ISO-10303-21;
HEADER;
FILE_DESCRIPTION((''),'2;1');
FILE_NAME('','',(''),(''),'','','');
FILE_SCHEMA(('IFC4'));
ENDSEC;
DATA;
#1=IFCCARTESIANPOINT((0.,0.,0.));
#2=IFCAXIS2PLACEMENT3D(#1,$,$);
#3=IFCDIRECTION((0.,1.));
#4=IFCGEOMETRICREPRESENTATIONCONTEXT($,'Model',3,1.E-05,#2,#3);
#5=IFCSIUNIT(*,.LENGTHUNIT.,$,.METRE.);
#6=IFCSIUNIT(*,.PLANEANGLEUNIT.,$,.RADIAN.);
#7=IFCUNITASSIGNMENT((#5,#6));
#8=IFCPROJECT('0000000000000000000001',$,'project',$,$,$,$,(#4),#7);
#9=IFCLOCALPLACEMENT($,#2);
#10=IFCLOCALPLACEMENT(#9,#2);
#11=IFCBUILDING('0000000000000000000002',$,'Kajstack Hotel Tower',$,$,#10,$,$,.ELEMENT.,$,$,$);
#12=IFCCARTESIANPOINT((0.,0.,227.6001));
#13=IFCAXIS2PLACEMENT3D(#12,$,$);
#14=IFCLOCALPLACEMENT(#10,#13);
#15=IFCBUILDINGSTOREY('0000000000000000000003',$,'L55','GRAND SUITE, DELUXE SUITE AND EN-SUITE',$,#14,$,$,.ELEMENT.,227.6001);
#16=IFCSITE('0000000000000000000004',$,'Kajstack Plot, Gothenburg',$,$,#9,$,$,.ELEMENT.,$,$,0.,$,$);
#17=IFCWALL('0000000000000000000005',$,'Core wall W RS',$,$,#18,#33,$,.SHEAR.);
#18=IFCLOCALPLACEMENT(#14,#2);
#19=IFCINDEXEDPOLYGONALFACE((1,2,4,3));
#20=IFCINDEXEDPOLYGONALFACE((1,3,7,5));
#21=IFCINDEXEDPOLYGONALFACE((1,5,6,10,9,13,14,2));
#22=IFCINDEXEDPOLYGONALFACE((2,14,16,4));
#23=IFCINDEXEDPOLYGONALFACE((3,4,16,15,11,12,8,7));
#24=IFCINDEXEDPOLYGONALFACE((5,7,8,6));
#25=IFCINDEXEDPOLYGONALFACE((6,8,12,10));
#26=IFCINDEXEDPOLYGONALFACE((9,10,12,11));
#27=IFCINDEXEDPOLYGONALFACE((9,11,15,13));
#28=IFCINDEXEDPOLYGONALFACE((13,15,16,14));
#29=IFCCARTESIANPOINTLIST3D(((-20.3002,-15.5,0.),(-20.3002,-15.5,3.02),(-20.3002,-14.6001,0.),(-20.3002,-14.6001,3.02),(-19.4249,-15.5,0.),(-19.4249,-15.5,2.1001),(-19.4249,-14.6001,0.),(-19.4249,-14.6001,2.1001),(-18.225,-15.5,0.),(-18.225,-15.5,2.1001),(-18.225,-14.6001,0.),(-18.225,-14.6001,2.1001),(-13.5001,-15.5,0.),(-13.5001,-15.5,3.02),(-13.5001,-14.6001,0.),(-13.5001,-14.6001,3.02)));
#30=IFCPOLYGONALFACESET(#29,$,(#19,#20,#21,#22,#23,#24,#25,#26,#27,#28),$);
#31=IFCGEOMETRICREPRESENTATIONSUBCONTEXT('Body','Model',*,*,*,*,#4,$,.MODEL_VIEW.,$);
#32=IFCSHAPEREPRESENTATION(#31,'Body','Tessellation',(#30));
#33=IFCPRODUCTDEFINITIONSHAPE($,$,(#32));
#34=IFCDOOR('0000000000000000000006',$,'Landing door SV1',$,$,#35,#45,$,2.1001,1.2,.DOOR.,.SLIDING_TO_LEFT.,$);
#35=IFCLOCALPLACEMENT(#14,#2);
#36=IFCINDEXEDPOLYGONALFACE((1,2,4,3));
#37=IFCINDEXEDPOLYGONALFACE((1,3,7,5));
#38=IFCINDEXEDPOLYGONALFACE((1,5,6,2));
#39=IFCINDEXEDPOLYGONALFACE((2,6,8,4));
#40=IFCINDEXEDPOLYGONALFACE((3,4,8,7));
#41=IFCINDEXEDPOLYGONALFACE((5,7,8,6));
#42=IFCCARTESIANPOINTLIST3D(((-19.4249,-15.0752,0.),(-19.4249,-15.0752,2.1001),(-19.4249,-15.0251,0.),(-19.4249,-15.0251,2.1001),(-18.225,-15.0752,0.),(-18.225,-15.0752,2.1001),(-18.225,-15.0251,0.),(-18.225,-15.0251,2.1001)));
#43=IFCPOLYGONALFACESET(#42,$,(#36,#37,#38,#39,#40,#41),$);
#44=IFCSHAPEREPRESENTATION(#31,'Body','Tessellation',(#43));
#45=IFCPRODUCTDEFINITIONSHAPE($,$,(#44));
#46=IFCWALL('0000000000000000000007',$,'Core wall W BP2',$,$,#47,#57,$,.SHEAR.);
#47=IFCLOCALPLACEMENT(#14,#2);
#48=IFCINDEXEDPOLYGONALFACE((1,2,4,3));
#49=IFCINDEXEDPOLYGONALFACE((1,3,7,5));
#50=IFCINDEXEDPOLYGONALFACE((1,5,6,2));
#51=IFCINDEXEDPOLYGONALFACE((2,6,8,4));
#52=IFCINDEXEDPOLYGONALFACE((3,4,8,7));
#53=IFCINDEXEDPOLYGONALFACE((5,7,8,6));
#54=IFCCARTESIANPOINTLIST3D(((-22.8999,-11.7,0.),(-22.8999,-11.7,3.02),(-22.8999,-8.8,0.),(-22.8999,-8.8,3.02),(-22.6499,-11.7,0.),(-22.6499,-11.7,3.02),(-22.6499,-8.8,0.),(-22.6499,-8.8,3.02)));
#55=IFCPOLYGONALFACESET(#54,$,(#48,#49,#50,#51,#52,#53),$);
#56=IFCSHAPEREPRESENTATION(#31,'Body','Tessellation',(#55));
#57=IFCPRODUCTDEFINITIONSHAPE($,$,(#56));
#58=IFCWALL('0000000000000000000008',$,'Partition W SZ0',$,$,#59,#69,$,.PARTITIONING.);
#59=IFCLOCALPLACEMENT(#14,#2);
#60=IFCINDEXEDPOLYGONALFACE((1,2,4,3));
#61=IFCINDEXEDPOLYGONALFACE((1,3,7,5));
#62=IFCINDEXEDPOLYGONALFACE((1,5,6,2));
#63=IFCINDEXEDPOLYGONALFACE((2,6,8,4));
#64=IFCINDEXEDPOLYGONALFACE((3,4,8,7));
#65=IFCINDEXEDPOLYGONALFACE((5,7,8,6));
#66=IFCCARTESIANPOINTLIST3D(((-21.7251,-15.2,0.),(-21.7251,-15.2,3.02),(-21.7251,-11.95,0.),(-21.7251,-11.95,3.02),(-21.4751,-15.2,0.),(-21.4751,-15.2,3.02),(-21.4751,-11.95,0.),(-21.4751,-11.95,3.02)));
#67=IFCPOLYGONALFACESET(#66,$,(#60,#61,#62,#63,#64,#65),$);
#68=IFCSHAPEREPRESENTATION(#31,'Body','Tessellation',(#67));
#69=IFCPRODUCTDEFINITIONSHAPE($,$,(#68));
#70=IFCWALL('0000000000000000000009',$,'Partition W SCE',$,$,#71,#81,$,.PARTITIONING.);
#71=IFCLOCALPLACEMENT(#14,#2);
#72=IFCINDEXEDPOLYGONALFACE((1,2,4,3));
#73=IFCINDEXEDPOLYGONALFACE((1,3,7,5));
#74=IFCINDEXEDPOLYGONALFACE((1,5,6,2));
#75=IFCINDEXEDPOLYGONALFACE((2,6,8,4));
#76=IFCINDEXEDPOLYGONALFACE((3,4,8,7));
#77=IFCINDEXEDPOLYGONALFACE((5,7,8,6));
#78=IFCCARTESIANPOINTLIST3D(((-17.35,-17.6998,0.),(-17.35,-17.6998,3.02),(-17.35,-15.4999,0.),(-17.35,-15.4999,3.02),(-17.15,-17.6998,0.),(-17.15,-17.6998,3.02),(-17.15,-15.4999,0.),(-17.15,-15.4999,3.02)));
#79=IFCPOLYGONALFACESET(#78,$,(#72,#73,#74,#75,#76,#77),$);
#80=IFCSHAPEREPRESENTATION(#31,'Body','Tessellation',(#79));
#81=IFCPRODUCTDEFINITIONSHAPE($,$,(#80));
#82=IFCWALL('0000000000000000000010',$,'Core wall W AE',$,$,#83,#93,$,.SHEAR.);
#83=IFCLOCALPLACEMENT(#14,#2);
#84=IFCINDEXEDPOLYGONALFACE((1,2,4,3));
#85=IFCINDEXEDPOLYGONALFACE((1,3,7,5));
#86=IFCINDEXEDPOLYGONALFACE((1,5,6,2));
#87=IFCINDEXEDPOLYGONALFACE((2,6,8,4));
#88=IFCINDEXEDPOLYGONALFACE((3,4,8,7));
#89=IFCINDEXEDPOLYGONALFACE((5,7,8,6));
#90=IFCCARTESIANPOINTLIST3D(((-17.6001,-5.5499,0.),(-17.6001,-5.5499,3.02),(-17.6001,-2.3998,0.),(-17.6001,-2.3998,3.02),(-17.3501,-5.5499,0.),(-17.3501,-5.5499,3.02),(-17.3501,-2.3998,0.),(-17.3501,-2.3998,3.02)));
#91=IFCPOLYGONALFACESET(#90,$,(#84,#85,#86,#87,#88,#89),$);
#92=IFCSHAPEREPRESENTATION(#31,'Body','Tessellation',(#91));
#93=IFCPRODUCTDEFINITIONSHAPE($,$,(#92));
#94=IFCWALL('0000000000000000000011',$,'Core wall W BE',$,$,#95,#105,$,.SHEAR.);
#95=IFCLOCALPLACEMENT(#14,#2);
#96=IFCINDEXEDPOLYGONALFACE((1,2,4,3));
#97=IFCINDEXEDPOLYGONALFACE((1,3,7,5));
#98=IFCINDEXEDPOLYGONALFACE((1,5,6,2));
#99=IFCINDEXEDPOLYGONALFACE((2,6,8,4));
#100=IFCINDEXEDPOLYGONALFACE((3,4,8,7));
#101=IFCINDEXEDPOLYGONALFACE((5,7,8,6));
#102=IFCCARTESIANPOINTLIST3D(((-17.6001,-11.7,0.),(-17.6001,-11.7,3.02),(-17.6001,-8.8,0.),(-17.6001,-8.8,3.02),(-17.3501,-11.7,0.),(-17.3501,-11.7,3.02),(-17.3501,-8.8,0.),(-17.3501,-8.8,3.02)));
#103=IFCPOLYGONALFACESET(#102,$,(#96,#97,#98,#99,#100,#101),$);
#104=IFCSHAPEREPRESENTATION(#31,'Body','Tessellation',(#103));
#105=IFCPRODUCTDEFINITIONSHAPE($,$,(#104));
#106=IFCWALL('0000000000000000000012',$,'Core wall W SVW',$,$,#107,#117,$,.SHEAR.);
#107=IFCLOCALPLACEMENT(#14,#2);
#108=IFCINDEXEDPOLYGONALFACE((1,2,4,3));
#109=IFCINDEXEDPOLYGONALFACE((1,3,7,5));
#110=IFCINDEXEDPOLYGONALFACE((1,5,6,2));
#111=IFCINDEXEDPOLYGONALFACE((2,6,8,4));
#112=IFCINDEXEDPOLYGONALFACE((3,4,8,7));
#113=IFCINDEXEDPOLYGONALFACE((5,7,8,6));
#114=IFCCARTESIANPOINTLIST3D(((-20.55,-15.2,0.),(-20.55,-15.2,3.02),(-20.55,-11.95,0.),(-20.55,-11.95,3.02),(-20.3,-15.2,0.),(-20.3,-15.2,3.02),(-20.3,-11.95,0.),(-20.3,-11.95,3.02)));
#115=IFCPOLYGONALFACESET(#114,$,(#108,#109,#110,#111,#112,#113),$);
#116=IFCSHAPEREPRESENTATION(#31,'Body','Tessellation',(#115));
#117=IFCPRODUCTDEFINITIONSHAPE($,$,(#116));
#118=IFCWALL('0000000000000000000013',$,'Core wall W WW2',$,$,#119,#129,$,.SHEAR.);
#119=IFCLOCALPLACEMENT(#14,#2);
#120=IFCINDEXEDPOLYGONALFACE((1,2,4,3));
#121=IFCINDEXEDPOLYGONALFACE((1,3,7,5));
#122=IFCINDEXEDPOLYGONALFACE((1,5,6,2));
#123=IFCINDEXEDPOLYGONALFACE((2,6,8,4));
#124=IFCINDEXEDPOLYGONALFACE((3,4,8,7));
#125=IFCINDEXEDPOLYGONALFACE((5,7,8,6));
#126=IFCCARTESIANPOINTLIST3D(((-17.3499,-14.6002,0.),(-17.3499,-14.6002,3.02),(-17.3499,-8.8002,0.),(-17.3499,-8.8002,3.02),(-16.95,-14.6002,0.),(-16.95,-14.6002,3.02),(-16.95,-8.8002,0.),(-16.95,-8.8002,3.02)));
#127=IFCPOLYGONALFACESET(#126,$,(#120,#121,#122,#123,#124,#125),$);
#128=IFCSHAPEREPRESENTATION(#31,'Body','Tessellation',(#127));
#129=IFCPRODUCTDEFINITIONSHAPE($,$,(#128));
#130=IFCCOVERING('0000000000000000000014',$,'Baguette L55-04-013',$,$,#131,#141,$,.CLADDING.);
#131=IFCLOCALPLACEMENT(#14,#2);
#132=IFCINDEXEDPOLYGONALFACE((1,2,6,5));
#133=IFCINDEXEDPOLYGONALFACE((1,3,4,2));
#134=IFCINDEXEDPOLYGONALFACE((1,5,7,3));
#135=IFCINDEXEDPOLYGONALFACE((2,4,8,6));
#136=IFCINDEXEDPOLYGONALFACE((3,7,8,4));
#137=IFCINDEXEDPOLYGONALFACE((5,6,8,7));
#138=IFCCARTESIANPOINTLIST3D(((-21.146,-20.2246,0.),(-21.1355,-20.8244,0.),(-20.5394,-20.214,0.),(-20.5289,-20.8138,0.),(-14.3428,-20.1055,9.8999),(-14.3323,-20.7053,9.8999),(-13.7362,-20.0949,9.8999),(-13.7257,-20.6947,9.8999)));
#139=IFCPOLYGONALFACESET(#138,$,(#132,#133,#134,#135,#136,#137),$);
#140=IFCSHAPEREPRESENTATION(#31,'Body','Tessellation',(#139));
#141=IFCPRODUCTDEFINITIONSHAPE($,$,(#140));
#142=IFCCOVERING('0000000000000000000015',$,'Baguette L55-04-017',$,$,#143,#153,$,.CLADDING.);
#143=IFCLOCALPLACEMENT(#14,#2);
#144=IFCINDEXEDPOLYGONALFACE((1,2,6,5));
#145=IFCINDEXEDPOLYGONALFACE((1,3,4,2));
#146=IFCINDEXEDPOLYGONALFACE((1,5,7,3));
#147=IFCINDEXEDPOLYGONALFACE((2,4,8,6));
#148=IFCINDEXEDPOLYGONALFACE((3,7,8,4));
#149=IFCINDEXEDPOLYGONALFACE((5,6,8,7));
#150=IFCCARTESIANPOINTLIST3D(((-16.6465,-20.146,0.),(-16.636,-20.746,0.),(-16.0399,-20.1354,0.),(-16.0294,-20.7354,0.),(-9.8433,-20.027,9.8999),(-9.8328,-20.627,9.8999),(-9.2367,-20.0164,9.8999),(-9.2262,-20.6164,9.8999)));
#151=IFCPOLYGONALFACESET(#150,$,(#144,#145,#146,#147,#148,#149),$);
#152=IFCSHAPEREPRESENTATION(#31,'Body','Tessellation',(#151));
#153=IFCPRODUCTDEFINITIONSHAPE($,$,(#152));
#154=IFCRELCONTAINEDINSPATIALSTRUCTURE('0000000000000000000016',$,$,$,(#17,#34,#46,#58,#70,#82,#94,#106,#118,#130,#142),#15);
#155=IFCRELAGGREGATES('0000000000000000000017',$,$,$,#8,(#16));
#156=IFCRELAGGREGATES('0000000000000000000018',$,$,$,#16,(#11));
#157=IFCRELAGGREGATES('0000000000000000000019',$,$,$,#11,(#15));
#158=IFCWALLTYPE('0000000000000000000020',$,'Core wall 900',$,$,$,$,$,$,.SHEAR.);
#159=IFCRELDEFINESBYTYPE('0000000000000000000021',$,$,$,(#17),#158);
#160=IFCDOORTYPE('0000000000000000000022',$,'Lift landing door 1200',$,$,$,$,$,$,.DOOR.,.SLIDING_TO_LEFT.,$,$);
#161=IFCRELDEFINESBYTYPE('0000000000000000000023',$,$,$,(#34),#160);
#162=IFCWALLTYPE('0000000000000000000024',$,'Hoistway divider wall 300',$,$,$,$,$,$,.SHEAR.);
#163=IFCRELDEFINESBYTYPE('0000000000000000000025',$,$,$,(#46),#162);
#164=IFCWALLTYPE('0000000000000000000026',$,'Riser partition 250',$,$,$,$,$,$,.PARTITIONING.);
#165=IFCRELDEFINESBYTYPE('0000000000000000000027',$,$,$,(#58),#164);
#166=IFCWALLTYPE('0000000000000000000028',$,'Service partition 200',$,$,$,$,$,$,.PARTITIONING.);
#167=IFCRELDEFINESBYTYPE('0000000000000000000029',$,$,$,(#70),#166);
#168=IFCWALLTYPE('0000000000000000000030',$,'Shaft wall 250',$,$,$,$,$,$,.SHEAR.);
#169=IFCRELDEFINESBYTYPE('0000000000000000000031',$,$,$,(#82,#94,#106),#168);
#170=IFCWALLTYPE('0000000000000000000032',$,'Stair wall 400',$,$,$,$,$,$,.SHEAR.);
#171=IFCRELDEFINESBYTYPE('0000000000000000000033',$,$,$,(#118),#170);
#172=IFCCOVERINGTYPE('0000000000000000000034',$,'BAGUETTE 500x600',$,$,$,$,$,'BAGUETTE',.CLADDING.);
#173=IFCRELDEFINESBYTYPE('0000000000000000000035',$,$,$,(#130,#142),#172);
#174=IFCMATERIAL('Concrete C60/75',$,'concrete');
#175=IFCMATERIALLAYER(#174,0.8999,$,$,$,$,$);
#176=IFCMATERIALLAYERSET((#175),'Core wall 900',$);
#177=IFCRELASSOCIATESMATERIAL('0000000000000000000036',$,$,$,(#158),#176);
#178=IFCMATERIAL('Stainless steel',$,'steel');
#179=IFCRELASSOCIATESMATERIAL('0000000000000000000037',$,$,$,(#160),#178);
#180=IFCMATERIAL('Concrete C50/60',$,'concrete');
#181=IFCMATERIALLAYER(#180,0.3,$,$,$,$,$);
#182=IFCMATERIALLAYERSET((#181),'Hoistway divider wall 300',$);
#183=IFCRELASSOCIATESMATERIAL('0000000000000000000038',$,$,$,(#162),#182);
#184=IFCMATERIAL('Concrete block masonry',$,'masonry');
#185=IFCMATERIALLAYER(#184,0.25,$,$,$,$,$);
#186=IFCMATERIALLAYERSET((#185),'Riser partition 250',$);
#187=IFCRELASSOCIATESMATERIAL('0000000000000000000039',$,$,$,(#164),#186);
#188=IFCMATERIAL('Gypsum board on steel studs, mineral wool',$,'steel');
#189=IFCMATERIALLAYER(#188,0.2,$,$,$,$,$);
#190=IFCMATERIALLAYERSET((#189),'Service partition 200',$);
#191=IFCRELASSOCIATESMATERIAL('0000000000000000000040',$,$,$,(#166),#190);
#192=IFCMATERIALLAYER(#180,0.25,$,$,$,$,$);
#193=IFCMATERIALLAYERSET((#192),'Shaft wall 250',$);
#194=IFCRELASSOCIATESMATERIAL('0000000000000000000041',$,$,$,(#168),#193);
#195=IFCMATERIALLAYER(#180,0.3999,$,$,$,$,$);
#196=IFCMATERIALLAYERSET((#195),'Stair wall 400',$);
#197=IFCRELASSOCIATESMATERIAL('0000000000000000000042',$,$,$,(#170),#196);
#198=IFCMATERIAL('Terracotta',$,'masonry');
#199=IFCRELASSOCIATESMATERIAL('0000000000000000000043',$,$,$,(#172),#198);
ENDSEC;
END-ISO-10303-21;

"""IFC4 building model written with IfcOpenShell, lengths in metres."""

from ifc_helpers import new_model, si_unit, direction, frame, frame_2d, origin, origin_2d, place, context, subcontext, project, spatial, polyline, rectangle, outline, extrude, material, layer, layer_set, material_profile, profile_set, type_object, element, fill, save


model = new_model("IFC4")

# Units and contexts
model_context = context("Model", 3, precision=1e-05, world=origin(), true_north=direction((0.0, 1.0)))
body_context = subcontext(model_context, "Body", "Model", "MODEL_VIEW")
ifc_project = project(units=[si_unit("LENGTHUNIT", "METRE"), si_unit("PLANEANGLEUNIT", "RADIAN")], contexts=[model_context])

# Site, building, storey
site_placement = place(None, origin())
site = spatial("IfcSite", under=ifc_project, at=site_placement, Name="Kajstack Plot, Gothenburg", CompositionType="ELEMENT", RefElevation=0.0)
building_placement = place(site_placement, origin())
building = spatial("IfcBuilding", under=site, at=building_placement, Name="Kajstack Hotel Tower", CompositionType="ELEMENT")
storey_placement = place(building_placement, frame((0.0, 0.0, 227.6001)))
storey = spatial("IfcBuildingStorey", under=building, at=storey_placement, Name="L55", Description="GRAND SUITE, DELUXE SUITE AND EN-SUITE", CompositionType="ELEMENT", Elevation=227.6001)

# Wall, opening, door
ifc_material_1 = material(Name="Concrete C60/75", Category="concrete")
ifc_layer_1 = layer(ifc_material_1, 0.8999)
ifc_layer_set_1 = layer_set([ifc_layer_1], Name="Core wall 900")
wall_type_1 = type_object("IfcWallType", Name="Core wall 900", PredefinedType="SHEAR", material=ifc_layer_set_1)
wall_1_placement = place(storey_placement, frame((-20.3, -15.05, 0.0), z_axis=(0.0, 0.0, 1.0), x_axis=(1.0, 0.0, 0.0)))
wall_1 = element("IfcWall", 1, at=wall_1_placement, inside=storey, type_object=wall_type_1, Name="Core wall W RS", PredefinedType="SHEAR", context=body_context, shape_type="SweptSolid", body=[
    extrude(rectangle(XDim=6.8, YDim=0.8999, at=frame_2d((3.3999, 0.0))), origin(), (0.0, 0.0, 1.0), 3.02),
])
opening_placement = place(wall_1_placement, frame((0.875, 0.0, 0.0)))
opening = element("IfcOpeningElement", 2, at=opening_placement, cuts=wall_1, PredefinedType="OPENING", context=body_context, shape_type="SweptSolid", body=[
    extrude(rectangle(XDim=1.2, YDim=2.1001, at=frame_2d((0.6001, 1.05))), frame((0.0, 0.46, 0.0), z_axis=(0.0, -1.0, 0.0), x_axis=(1.0, 0.0, 0.0)), (0.0, 0.0, 1.0), 0.9199),
])
ifc_material_2 = material(Name="Stainless steel", Category="steel")
door_type = type_object("IfcDoorType", Name="Lift landing door 1200", OperationType="SLIDING_TO_LEFT", PredefinedType="DOOR", material=ifc_material_2)
door_placement = place(opening_placement, origin())
door = element("IfcDoor", 3, at=door_placement, inside=storey, type_object=door_type, Name="Landing door SV1", OperationType="SLIDING_TO_LEFT", OverallHeight=2.1001, OverallWidth=1.2, PredefinedType="DOOR", context=body_context, shape_type="SweptSolid", body=[
    extrude(rectangle(XDim=1.2, YDim=2.1001, at=frame_2d((0.6001, 1.05))), frame((0.0, 0.0249, 0.0), z_axis=(0.0, -1.0, 0.0), x_axis=(1.0, 0.0, 0.0)), (0.0, 0.0, 1.0), 0.05),
])
fill(opening, door)

# Walls
ifc_material_3 = material(Name="Concrete C50/60", Category="concrete")
ifc_layer_2 = layer(ifc_material_3, 0.3)
ifc_layer_set_2 = layer_set([ifc_layer_2], Name="Hoistway divider wall 300")
wall_type_2 = type_object("IfcWallType", Name="Hoistway divider wall 300", PredefinedType="SHEAR", material=ifc_layer_set_2)
wall_2_placement = place(storey_placement, frame((-22.7749, -11.7, 0.0), z_axis=(0.0, 0.0, 1.0), x_axis=(0.0, 1.0, 0.0)))
element("IfcWall", 4, at=wall_2_placement, inside=storey, type_object=wall_type_2, Name="Core wall W BP2", PredefinedType="SHEAR", context=body_context, shape_type="SweptSolid", body=[
    extrude(rectangle(XDim=2.8999, YDim=0.25, at=frame_2d((1.45, 0.0))), origin(), (0.0, 0.0, 1.0), 3.02),
])
ifc_material_4 = material(Name="Concrete block masonry", Category="masonry")
ifc_layer_3 = layer(ifc_material_4, 0.25)
ifc_layer_set_3 = layer_set([ifc_layer_3], Name="Riser partition 250")
wall_type_3 = type_object("IfcWallType", Name="Riser partition 250", PredefinedType="PARTITIONING", material=ifc_layer_set_3)
wall_3_placement = place(storey_placement, frame((-21.6001, -15.2, 0.0), z_axis=(0.0, 0.0, 1.0), x_axis=(0.0, 1.0, 0.0)))
element("IfcWall", 5, at=wall_3_placement, inside=storey, type_object=wall_type_3, Name="Partition W SZ0", PredefinedType="PARTITIONING", context=body_context, shape_type="SweptSolid", body=[
    extrude(rectangle(XDim=3.25, YDim=0.25, at=frame_2d((1.625, 0.0))), origin(), (0.0, 0.0, 1.0), 3.02),
])
ifc_material_5 = material(Name="Gypsum board on steel studs, mineral wool", Category="steel")
ifc_layer_4 = layer(ifc_material_5, 0.2)
ifc_layer_set_4 = layer_set([ifc_layer_4], Name="Service partition 200")
wall_type_4 = type_object("IfcWallType", Name="Service partition 200", PredefinedType="PARTITIONING", material=ifc_layer_set_4)
wall_4_placement = place(storey_placement, frame((-17.25, -17.7, 0.0), z_axis=(0.0, 0.0, 1.0), x_axis=(0.0, 1.0, 0.0)))
element("IfcWall", 6, at=wall_4_placement, inside=storey, type_object=wall_type_4, Name="Partition W SCE", PredefinedType="PARTITIONING", context=body_context, shape_type="SweptSolid", body=[
    extrude(rectangle(XDim=2.2, YDim=0.2, at=frame_2d((1.1001, 0.0))), origin(), (0.0, 0.0, 1.0), 3.02),
])
ifc_layer_5 = layer(ifc_material_3, 0.25)
ifc_layer_set_5 = layer_set([ifc_layer_5], Name="Shaft wall 250")
wall_type_5 = type_object("IfcWallType", Name="Shaft wall 250", PredefinedType="SHEAR", material=ifc_layer_set_5)
wall_5_placement = place(storey_placement, frame((-17.4751, -5.55, 0.0), z_axis=(0.0, 0.0, 1.0), x_axis=(0.0, 1.0, 0.0)))
element("IfcWall", 7, at=wall_5_placement, inside=storey, type_object=wall_type_5, Name="Core wall W AE", PredefinedType="SHEAR", context=body_context, shape_type="SweptSolid", body=[
    extrude(rectangle(XDim=3.1501, YDim=0.25, at=frame_2d((1.5752, 0.0))), origin(), (0.0, 0.0, 1.0), 3.02),
])
wall_6_placement = place(storey_placement, frame((-17.4751, -11.7, 0.0), z_axis=(0.0, 0.0, 1.0), x_axis=(0.0, 1.0, 0.0)))
element("IfcWall", 8, at=wall_6_placement, inside=storey, type_object=wall_type_5, Name="Core wall W BE", PredefinedType="SHEAR", context=body_context, shape_type="SweptSolid", body=[
    extrude(rectangle(XDim=2.8999, YDim=0.25, at=frame_2d((1.45, 0.0))), origin(), (0.0, 0.0, 1.0), 3.02),
])
wall_7_placement = place(storey_placement, frame((-20.425, -15.2, 0.0), z_axis=(0.0, 0.0, 1.0), x_axis=(0.0, 1.0, 0.0)))
element("IfcWall", 9, at=wall_7_placement, inside=storey, type_object=wall_type_5, Name="Core wall W SVW", PredefinedType="SHEAR", context=body_context, shape_type="SweptSolid", body=[
    extrude(rectangle(XDim=3.25, YDim=0.25, at=frame_2d((1.625, 0.0))), origin(), (0.0, 0.0, 1.0), 3.02),
])
ifc_layer_6 = layer(ifc_material_3, 0.3999)
ifc_layer_set_6 = layer_set([ifc_layer_6], Name="Stair wall 400")
wall_type_6 = type_object("IfcWallType", Name="Stair wall 400", PredefinedType="SHEAR", material=ifc_layer_set_6)
wall_8_placement = place(storey_placement, frame((-17.1499, -14.6001, 0.0), z_axis=(0.0, 0.0, 1.0), x_axis=(0.0, 1.0, 0.0)))
element("IfcWall", 10, at=wall_8_placement, inside=storey, type_object=wall_type_6, Name="Core wall W WW2", PredefinedType="SHEAR", context=body_context, shape_type="SweptSolid", body=[
    extrude(rectangle(XDim=5.8, YDim=0.3999, at=frame_2d((2.8999, 0.0))), origin(), (0.0, 0.0, 1.0), 3.02),
])

# Coverings
ifc_material_6 = material(Name="Terracotta", Category="masonry")
ifc_material_profile = material_profile(ifc_material_6, rectangle(XDim=0.6001, YDim=0.5, at=origin_2d()), Name="Terracotta-clad concrete baguette 500 x 600")
ifc_profile_set = profile_set([ifc_material_profile], Name="Terracotta")
covering_type = type_object("IfcCoveringType", Name="BAGUETTE 500x600", ElementType="BAGUETTE", PredefinedType="CLADDING", material=ifc_profile_set)
covering_1_placement = place(storey_placement, frame((-21.146, -20.2246, 0.0), z_axis=(0.017498, -0.999847, 0.0), x_axis=(0.999847, 0.017498, 0.0)))
element("IfcCovering", 11, at=covering_1_placement, inside=storey, type_object=covering_type, Name="Baguette L55-04-013", PredefinedType="CLADDING", context=body_context, shape_type="SweptSolid", body=[
    extrude(outline(polyline([(6.8042, 9.8999), (0.0, 0.0), (0.6067, 0.0), (7.4109, 9.8999), (6.8042, 9.8999)])), origin(), (0.0, 0.0, 1.0), 0.5999),
])
covering_2_placement = place(storey_placement, frame((-16.6465, -20.146, 0.0), z_axis=(0.017491, -0.999847, 0.0), x_axis=(0.999847, 0.017491, 0.0)))
element("IfcCovering", 12, at=covering_2_placement, inside=storey, type_object=covering_type, Name="Baguette L55-04-017", PredefinedType="CLADDING", context=body_context, shape_type="SweptSolid", body=[
    extrude(outline(polyline([(6.8042, 9.8999), (0.0, 0.0), (0.6067, 0.0), (7.4109, 9.8999), (6.8042, 9.8999)])), origin(), (0.0, 0.0, 1.0), 0.6001),
])

save(model, "model.ifc")
